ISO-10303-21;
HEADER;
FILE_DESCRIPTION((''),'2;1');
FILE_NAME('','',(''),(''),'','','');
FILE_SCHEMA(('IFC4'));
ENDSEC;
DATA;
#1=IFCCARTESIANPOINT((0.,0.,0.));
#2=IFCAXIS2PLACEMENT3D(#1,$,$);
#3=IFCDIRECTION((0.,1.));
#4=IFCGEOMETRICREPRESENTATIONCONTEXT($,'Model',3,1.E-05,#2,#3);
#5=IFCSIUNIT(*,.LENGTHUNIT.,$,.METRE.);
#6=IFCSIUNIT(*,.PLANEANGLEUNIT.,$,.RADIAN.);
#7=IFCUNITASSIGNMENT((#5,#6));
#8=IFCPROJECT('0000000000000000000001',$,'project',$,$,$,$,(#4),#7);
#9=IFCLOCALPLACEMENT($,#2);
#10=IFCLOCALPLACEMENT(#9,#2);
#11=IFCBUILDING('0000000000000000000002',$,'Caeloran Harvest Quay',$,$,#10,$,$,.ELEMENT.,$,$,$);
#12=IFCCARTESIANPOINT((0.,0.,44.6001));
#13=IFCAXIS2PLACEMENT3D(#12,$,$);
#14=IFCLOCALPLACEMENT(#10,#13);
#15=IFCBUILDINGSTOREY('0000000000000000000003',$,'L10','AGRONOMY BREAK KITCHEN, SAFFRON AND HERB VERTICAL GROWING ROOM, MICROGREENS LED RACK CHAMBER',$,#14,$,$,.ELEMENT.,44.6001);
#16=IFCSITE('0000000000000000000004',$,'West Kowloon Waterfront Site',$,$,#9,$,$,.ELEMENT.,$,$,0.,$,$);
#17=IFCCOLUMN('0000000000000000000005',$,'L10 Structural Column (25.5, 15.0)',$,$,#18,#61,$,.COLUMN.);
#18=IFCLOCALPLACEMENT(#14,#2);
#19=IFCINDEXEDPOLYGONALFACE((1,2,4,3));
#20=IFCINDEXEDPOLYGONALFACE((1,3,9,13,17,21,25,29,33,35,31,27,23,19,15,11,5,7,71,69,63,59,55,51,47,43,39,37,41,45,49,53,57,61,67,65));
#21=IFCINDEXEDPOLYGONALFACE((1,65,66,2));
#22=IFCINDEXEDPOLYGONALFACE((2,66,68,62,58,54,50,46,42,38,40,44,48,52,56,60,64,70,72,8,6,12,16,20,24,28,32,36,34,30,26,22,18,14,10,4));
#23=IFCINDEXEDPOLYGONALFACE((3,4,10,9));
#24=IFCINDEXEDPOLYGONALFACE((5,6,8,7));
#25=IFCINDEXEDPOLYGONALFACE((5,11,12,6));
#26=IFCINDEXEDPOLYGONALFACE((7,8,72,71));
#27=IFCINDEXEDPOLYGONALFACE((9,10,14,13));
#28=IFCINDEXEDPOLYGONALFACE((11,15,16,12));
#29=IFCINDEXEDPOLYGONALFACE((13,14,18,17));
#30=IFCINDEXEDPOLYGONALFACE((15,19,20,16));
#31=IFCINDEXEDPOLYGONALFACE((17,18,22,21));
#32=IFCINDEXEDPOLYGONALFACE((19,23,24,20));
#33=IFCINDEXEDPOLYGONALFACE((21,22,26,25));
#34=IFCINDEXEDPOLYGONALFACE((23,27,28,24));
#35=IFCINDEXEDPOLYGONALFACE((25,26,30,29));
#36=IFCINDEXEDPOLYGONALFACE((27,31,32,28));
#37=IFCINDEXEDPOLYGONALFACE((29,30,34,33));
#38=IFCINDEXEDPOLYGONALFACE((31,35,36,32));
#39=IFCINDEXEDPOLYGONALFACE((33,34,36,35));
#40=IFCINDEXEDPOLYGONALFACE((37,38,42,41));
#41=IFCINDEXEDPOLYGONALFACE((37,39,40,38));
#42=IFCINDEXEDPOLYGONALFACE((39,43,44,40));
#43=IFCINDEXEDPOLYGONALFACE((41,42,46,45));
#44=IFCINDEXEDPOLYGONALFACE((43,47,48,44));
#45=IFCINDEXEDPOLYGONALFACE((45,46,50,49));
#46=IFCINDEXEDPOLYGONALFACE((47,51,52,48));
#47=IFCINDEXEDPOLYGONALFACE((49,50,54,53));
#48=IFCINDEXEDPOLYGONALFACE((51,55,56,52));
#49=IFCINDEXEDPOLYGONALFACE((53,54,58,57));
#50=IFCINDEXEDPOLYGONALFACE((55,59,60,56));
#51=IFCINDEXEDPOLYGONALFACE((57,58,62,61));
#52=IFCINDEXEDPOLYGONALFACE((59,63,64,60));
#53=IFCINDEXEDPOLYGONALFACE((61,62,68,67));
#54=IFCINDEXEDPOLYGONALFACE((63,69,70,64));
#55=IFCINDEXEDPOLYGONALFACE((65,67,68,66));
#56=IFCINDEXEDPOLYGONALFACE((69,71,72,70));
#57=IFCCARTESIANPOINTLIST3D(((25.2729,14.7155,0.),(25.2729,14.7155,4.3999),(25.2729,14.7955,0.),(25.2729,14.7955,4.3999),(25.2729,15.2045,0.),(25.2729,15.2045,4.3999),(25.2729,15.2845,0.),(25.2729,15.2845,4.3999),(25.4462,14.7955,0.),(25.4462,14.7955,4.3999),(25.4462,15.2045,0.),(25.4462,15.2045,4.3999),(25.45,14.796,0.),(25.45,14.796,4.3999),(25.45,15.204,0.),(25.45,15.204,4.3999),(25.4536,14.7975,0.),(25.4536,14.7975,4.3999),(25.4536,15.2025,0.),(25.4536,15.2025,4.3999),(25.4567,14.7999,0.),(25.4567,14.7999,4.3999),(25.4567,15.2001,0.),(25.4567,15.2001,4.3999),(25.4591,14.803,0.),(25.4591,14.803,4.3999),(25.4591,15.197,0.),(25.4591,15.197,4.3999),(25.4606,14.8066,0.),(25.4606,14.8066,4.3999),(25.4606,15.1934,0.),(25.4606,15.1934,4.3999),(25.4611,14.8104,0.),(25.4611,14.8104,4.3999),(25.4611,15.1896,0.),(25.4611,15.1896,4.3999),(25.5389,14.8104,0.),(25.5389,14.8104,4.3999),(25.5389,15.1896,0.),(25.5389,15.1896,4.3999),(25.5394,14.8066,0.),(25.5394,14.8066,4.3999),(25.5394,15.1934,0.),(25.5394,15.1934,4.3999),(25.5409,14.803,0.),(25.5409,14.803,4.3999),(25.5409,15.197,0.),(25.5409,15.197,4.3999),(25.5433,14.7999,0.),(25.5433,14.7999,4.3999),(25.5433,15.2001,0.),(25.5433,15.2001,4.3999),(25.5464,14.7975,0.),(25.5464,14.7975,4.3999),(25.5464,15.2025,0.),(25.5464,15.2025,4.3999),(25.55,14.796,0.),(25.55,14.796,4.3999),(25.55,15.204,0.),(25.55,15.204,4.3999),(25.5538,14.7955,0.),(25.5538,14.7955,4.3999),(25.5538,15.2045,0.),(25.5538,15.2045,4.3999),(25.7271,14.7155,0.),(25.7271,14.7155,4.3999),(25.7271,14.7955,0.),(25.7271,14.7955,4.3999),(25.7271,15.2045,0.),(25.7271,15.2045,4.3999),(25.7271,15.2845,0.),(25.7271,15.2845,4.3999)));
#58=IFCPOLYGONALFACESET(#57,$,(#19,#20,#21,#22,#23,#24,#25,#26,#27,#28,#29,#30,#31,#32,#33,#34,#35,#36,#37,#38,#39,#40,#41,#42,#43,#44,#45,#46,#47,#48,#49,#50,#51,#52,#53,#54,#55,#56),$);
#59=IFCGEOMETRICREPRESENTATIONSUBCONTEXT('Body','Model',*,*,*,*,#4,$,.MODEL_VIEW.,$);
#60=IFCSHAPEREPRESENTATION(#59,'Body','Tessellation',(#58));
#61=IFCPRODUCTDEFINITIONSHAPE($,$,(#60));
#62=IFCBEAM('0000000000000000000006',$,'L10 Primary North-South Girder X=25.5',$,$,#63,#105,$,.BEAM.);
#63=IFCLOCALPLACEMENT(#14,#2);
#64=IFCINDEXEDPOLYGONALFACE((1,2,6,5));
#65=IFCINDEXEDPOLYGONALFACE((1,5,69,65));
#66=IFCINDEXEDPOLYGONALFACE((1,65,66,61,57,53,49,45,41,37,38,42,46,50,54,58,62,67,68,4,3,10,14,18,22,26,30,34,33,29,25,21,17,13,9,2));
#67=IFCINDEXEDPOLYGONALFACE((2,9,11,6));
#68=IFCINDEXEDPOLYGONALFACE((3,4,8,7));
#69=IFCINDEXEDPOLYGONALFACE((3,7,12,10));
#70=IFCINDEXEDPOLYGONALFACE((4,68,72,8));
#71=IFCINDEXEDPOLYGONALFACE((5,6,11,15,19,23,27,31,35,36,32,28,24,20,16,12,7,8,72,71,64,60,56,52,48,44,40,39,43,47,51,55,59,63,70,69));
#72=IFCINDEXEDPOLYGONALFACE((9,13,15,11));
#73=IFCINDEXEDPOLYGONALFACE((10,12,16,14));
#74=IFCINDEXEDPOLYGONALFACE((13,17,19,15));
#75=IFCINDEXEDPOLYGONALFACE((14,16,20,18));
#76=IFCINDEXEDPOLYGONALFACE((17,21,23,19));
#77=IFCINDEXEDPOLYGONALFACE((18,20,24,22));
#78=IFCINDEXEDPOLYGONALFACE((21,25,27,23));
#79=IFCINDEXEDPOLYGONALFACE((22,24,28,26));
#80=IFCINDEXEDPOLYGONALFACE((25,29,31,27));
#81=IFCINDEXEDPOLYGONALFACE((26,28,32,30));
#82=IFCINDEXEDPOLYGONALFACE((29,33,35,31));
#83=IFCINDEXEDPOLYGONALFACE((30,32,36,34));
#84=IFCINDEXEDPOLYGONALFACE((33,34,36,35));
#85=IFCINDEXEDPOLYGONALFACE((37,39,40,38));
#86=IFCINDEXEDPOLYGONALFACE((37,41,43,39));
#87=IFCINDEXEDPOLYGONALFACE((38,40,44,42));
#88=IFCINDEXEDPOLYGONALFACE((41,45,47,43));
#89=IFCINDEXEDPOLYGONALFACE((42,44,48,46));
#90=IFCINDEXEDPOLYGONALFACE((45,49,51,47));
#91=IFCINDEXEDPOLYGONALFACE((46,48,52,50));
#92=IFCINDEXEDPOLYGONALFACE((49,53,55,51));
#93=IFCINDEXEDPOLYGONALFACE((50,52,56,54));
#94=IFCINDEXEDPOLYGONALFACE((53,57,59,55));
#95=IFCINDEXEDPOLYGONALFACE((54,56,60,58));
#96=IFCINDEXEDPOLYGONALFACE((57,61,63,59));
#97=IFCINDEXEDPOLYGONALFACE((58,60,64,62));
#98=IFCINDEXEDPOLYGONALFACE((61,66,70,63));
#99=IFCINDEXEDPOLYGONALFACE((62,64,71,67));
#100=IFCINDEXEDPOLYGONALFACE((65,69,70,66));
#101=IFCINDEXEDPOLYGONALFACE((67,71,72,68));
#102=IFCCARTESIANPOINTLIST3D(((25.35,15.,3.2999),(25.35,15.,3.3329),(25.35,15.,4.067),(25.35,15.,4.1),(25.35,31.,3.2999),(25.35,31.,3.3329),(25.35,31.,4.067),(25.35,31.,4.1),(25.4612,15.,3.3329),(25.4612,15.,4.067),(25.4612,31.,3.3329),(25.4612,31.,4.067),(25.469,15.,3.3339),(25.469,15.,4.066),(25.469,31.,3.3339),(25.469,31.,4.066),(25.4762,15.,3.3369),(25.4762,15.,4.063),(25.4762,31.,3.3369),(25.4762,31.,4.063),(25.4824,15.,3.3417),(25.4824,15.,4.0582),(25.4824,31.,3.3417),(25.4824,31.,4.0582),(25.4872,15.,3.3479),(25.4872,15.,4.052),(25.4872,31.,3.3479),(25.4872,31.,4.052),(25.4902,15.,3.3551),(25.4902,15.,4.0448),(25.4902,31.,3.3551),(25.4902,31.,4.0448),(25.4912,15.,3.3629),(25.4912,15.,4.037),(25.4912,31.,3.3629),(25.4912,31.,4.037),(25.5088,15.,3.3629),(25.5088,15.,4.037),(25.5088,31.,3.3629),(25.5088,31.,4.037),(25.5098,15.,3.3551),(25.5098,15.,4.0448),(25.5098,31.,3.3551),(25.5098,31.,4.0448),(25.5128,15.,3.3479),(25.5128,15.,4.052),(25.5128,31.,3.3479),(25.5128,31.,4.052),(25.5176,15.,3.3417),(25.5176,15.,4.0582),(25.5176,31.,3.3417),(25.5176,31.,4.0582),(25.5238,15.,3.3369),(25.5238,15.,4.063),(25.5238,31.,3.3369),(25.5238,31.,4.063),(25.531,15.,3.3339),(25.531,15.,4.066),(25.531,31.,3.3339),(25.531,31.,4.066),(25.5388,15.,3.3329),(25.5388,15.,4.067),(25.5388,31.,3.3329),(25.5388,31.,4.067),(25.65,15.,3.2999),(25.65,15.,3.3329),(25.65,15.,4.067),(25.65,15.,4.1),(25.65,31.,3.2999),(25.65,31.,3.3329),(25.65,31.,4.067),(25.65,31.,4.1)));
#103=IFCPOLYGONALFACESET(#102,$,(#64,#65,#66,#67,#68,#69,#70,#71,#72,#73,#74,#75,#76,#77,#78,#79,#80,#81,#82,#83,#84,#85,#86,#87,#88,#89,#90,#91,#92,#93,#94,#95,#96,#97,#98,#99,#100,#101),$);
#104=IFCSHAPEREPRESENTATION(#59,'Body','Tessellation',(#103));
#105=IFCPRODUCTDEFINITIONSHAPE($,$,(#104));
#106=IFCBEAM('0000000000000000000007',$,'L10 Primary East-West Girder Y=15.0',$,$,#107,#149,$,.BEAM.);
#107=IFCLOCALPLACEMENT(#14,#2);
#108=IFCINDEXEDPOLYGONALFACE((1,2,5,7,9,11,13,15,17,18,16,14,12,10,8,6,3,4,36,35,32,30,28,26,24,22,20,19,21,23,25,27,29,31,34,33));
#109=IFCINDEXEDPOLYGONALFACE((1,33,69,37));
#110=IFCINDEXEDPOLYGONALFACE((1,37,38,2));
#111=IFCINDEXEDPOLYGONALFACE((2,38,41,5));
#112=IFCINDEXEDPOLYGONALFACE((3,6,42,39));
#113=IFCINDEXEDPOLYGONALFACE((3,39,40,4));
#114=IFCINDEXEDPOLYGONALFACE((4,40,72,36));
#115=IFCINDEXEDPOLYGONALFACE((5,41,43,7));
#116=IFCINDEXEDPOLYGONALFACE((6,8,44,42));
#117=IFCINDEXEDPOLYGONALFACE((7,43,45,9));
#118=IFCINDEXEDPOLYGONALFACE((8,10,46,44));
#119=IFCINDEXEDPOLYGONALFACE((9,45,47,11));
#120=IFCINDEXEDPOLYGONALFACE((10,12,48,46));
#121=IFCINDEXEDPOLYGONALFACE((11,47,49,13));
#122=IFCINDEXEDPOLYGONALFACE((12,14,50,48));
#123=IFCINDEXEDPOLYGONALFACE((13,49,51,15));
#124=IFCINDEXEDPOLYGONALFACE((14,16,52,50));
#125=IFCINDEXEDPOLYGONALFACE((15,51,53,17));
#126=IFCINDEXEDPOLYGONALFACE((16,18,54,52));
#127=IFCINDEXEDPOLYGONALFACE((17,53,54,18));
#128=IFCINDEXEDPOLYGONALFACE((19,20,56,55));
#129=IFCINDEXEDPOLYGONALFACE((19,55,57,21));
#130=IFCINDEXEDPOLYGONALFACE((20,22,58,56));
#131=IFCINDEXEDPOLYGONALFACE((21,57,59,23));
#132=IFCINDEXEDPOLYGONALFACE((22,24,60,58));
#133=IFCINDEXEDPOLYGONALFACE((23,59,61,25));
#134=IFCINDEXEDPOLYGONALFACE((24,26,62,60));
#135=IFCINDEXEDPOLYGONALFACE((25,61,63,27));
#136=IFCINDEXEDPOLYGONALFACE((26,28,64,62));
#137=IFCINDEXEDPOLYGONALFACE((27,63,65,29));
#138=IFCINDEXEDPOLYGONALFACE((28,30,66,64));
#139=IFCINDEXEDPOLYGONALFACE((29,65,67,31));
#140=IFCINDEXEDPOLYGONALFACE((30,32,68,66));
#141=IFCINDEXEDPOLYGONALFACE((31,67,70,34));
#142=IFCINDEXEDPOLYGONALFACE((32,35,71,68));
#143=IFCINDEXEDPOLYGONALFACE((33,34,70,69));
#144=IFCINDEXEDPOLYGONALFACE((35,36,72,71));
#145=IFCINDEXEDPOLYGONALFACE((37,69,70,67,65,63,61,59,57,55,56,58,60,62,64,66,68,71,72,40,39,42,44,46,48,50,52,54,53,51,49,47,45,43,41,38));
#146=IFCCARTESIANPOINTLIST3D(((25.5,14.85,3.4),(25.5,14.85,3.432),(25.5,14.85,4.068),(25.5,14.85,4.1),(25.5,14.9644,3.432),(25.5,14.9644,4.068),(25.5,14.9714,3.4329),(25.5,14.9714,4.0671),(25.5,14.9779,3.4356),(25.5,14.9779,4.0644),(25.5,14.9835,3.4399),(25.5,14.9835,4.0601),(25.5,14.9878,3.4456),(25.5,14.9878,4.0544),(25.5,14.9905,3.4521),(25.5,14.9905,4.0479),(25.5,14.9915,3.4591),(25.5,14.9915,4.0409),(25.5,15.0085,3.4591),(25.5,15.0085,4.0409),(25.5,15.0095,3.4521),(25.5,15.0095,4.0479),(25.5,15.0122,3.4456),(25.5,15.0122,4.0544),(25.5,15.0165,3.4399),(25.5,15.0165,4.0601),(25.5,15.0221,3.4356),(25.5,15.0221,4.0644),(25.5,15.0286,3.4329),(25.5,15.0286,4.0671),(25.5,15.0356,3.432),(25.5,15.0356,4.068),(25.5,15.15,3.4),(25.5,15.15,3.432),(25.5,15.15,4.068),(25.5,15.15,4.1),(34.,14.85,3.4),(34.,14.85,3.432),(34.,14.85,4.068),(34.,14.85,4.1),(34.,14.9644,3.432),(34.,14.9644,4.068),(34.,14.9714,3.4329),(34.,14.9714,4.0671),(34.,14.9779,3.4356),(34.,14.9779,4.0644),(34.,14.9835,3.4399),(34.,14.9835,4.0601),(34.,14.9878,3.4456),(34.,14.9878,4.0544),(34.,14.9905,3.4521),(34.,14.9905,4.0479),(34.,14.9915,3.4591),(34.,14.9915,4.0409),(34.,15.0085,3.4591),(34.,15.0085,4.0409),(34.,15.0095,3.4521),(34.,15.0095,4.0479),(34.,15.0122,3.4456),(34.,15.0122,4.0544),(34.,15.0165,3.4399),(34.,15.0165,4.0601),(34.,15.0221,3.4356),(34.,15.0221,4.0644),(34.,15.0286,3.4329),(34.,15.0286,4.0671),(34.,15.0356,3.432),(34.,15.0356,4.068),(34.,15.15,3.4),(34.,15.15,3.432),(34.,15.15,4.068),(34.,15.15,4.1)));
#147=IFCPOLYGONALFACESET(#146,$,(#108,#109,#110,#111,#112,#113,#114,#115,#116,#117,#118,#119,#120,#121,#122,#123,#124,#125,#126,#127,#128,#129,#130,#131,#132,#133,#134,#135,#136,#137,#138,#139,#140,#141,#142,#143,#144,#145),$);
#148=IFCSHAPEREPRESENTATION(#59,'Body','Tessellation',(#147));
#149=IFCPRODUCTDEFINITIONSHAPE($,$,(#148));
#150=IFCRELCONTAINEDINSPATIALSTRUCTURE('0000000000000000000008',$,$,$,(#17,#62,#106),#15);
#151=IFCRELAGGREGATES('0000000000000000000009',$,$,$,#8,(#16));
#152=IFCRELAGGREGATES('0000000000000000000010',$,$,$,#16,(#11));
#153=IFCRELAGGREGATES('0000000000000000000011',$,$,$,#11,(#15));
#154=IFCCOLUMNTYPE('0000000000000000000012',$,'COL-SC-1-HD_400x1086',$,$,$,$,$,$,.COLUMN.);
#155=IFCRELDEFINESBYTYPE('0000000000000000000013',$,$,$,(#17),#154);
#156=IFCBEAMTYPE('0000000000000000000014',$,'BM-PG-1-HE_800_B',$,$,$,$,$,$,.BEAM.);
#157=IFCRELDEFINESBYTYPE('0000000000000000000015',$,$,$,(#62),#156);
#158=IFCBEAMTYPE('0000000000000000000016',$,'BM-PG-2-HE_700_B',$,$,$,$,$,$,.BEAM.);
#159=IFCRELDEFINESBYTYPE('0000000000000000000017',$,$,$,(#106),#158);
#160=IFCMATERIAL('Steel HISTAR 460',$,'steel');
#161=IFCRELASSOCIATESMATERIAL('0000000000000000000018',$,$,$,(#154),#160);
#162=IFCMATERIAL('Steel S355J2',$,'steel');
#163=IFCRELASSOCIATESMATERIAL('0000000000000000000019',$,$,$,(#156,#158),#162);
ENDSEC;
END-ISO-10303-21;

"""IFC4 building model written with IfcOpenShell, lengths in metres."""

from ifc_helpers import new_model, si_unit, direction, frame, origin, origin_2d, place, context, subcontext, project, spatial, i_section, extrude, material, material_profile, profile_set, type_object, element, save


model = new_model("IFC4")

# Units and contexts
model_context = context("Model", 3, precision=1e-05, world=origin(), true_north=direction((0.0, 1.0)))
body_context = subcontext(model_context, "Body", "Model", "MODEL_VIEW")
ifc_project = project(units=[si_unit("LENGTHUNIT", "METRE"), si_unit("PLANEANGLEUNIT", "RADIAN")], contexts=[model_context])

# Site, building, storey
site_placement = place(None, origin())
site = spatial("IfcSite", under=ifc_project, at=site_placement, Name="West Kowloon Waterfront Site", CompositionType="ELEMENT", RefElevation=0.0)
building_placement = place(site_placement, origin())
building = spatial("IfcBuilding", under=site, at=building_placement, Name="Caeloran Harvest Quay", CompositionType="ELEMENT")
storey_placement = place(building_placement, frame((0.0, 0.0, 44.6001)))
storey = spatial("IfcBuildingStorey", under=building, at=storey_placement, Name="L10", Description="AGRONOMY BREAK KITCHEN, SAFFRON AND HERB VERTICAL GROWING ROOM, MICROGREENS LED RACK CHAMBER", CompositionType="ELEMENT", Elevation=44.6001)

# Column
ifc_material_1 = material(Name="Steel HISTAR 460", Category="steel")
ifc_material_profile_1 = material_profile(ifc_material_1, i_section(OverallWidth=0.4541, OverallDepth=0.5691, WebThickness=0.0779, FlangeThickness=0.0801, FilletRadius=0.0149, at=origin_2d()), Name="HD 400x1086")
ifc_profile_set_1 = profile_set([ifc_material_profile_1], Name="Steel HISTAR 460")
column_type = type_object("IfcColumnType", Name="COL-SC-1-HD_400x1086", PredefinedType="COLUMN", material=ifc_profile_set_1)
column_placement = place(storey_placement, frame((25.5, 15.0, 0.0), z_axis=(0.0, 0.0, 1.0), x_axis=(1.0, 0.0, 0.0)))
element("IfcColumn", 1, at=column_placement, inside=storey, type_object=column_type, Name="L10 Structural Column (25.5, 15.0)", PredefinedType="COLUMN", context=body_context, shape_type="SweptSolid", body=[
    extrude(i_section(OverallWidth=0.4541, OverallDepth=0.5691, WebThickness=0.0779, FlangeThickness=0.0801, FilletRadius=0.0149, at=origin_2d()), origin(), (0.0, 0.0, 1.0), 4.3999),
])

# Beams
ifc_material_2 = material(Name="Steel S355J2", Category="steel")
ifc_material_profile_2 = material_profile(ifc_material_2, i_section(OverallWidth=0.3, OverallDepth=0.8, WebThickness=0.0176, FlangeThickness=0.033, FilletRadius=0.03, at=origin_2d()), Name="HE 800 B")
ifc_profile_set_2 = profile_set([ifc_material_profile_2], Name="Steel S355J2")
beam_type_1 = type_object("IfcBeamType", Name="BM-PG-1-HE_800_B", PredefinedType="BEAM", material=ifc_profile_set_2)
beam_1_placement = place(storey_placement, frame((25.5, 15.0, 3.7), z_axis=(0.0, 1.0, 0.0), x_axis=(-1.0, 0.0, 0.0)))
element("IfcBeam", 2, at=beam_1_placement, inside=storey, type_object=beam_type_1, Name="L10 Primary North-South Girder X=25.5", PredefinedType="BEAM", context=body_context, shape_type="SweptSolid", body=[
    extrude(i_section(OverallWidth=0.3, OverallDepth=0.8, WebThickness=0.0176, FlangeThickness=0.033, FilletRadius=0.03, at=origin_2d()), origin(), (0.0, 0.0, 1.0), 16.0),
])
ifc_material_profile_3 = material_profile(ifc_material_2, i_section(OverallWidth=0.3, OverallDepth=0.7, WebThickness=0.0171, FlangeThickness=0.032, FilletRadius=0.0271, at=origin_2d()), Name="HE 700 B")
ifc_profile_set_3 = profile_set([ifc_material_profile_3], Name="Steel S355J2")
beam_type_2 = type_object("IfcBeamType", Name="BM-PG-2-HE_700_B", PredefinedType="BEAM", material=ifc_profile_set_3)
beam_2_placement = place(storey_placement, frame((25.5, 15.0, 3.75), z_axis=(1.0, 0.0, 0.0), x_axis=(0.0, 1.0, 0.0)))
element("IfcBeam", 3, at=beam_2_placement, inside=storey, type_object=beam_type_2, Name="L10 Primary East-West Girder Y=15.0", PredefinedType="BEAM", context=body_context, shape_type="SweptSolid", body=[
    extrude(i_section(OverallWidth=0.3, OverallDepth=0.7, WebThickness=0.0171, FlangeThickness=0.032, FilletRadius=0.0271, at=origin_2d()), origin(), (0.0, 0.0, 1.0), 8.5),
])

save(model, "model.ifc")
